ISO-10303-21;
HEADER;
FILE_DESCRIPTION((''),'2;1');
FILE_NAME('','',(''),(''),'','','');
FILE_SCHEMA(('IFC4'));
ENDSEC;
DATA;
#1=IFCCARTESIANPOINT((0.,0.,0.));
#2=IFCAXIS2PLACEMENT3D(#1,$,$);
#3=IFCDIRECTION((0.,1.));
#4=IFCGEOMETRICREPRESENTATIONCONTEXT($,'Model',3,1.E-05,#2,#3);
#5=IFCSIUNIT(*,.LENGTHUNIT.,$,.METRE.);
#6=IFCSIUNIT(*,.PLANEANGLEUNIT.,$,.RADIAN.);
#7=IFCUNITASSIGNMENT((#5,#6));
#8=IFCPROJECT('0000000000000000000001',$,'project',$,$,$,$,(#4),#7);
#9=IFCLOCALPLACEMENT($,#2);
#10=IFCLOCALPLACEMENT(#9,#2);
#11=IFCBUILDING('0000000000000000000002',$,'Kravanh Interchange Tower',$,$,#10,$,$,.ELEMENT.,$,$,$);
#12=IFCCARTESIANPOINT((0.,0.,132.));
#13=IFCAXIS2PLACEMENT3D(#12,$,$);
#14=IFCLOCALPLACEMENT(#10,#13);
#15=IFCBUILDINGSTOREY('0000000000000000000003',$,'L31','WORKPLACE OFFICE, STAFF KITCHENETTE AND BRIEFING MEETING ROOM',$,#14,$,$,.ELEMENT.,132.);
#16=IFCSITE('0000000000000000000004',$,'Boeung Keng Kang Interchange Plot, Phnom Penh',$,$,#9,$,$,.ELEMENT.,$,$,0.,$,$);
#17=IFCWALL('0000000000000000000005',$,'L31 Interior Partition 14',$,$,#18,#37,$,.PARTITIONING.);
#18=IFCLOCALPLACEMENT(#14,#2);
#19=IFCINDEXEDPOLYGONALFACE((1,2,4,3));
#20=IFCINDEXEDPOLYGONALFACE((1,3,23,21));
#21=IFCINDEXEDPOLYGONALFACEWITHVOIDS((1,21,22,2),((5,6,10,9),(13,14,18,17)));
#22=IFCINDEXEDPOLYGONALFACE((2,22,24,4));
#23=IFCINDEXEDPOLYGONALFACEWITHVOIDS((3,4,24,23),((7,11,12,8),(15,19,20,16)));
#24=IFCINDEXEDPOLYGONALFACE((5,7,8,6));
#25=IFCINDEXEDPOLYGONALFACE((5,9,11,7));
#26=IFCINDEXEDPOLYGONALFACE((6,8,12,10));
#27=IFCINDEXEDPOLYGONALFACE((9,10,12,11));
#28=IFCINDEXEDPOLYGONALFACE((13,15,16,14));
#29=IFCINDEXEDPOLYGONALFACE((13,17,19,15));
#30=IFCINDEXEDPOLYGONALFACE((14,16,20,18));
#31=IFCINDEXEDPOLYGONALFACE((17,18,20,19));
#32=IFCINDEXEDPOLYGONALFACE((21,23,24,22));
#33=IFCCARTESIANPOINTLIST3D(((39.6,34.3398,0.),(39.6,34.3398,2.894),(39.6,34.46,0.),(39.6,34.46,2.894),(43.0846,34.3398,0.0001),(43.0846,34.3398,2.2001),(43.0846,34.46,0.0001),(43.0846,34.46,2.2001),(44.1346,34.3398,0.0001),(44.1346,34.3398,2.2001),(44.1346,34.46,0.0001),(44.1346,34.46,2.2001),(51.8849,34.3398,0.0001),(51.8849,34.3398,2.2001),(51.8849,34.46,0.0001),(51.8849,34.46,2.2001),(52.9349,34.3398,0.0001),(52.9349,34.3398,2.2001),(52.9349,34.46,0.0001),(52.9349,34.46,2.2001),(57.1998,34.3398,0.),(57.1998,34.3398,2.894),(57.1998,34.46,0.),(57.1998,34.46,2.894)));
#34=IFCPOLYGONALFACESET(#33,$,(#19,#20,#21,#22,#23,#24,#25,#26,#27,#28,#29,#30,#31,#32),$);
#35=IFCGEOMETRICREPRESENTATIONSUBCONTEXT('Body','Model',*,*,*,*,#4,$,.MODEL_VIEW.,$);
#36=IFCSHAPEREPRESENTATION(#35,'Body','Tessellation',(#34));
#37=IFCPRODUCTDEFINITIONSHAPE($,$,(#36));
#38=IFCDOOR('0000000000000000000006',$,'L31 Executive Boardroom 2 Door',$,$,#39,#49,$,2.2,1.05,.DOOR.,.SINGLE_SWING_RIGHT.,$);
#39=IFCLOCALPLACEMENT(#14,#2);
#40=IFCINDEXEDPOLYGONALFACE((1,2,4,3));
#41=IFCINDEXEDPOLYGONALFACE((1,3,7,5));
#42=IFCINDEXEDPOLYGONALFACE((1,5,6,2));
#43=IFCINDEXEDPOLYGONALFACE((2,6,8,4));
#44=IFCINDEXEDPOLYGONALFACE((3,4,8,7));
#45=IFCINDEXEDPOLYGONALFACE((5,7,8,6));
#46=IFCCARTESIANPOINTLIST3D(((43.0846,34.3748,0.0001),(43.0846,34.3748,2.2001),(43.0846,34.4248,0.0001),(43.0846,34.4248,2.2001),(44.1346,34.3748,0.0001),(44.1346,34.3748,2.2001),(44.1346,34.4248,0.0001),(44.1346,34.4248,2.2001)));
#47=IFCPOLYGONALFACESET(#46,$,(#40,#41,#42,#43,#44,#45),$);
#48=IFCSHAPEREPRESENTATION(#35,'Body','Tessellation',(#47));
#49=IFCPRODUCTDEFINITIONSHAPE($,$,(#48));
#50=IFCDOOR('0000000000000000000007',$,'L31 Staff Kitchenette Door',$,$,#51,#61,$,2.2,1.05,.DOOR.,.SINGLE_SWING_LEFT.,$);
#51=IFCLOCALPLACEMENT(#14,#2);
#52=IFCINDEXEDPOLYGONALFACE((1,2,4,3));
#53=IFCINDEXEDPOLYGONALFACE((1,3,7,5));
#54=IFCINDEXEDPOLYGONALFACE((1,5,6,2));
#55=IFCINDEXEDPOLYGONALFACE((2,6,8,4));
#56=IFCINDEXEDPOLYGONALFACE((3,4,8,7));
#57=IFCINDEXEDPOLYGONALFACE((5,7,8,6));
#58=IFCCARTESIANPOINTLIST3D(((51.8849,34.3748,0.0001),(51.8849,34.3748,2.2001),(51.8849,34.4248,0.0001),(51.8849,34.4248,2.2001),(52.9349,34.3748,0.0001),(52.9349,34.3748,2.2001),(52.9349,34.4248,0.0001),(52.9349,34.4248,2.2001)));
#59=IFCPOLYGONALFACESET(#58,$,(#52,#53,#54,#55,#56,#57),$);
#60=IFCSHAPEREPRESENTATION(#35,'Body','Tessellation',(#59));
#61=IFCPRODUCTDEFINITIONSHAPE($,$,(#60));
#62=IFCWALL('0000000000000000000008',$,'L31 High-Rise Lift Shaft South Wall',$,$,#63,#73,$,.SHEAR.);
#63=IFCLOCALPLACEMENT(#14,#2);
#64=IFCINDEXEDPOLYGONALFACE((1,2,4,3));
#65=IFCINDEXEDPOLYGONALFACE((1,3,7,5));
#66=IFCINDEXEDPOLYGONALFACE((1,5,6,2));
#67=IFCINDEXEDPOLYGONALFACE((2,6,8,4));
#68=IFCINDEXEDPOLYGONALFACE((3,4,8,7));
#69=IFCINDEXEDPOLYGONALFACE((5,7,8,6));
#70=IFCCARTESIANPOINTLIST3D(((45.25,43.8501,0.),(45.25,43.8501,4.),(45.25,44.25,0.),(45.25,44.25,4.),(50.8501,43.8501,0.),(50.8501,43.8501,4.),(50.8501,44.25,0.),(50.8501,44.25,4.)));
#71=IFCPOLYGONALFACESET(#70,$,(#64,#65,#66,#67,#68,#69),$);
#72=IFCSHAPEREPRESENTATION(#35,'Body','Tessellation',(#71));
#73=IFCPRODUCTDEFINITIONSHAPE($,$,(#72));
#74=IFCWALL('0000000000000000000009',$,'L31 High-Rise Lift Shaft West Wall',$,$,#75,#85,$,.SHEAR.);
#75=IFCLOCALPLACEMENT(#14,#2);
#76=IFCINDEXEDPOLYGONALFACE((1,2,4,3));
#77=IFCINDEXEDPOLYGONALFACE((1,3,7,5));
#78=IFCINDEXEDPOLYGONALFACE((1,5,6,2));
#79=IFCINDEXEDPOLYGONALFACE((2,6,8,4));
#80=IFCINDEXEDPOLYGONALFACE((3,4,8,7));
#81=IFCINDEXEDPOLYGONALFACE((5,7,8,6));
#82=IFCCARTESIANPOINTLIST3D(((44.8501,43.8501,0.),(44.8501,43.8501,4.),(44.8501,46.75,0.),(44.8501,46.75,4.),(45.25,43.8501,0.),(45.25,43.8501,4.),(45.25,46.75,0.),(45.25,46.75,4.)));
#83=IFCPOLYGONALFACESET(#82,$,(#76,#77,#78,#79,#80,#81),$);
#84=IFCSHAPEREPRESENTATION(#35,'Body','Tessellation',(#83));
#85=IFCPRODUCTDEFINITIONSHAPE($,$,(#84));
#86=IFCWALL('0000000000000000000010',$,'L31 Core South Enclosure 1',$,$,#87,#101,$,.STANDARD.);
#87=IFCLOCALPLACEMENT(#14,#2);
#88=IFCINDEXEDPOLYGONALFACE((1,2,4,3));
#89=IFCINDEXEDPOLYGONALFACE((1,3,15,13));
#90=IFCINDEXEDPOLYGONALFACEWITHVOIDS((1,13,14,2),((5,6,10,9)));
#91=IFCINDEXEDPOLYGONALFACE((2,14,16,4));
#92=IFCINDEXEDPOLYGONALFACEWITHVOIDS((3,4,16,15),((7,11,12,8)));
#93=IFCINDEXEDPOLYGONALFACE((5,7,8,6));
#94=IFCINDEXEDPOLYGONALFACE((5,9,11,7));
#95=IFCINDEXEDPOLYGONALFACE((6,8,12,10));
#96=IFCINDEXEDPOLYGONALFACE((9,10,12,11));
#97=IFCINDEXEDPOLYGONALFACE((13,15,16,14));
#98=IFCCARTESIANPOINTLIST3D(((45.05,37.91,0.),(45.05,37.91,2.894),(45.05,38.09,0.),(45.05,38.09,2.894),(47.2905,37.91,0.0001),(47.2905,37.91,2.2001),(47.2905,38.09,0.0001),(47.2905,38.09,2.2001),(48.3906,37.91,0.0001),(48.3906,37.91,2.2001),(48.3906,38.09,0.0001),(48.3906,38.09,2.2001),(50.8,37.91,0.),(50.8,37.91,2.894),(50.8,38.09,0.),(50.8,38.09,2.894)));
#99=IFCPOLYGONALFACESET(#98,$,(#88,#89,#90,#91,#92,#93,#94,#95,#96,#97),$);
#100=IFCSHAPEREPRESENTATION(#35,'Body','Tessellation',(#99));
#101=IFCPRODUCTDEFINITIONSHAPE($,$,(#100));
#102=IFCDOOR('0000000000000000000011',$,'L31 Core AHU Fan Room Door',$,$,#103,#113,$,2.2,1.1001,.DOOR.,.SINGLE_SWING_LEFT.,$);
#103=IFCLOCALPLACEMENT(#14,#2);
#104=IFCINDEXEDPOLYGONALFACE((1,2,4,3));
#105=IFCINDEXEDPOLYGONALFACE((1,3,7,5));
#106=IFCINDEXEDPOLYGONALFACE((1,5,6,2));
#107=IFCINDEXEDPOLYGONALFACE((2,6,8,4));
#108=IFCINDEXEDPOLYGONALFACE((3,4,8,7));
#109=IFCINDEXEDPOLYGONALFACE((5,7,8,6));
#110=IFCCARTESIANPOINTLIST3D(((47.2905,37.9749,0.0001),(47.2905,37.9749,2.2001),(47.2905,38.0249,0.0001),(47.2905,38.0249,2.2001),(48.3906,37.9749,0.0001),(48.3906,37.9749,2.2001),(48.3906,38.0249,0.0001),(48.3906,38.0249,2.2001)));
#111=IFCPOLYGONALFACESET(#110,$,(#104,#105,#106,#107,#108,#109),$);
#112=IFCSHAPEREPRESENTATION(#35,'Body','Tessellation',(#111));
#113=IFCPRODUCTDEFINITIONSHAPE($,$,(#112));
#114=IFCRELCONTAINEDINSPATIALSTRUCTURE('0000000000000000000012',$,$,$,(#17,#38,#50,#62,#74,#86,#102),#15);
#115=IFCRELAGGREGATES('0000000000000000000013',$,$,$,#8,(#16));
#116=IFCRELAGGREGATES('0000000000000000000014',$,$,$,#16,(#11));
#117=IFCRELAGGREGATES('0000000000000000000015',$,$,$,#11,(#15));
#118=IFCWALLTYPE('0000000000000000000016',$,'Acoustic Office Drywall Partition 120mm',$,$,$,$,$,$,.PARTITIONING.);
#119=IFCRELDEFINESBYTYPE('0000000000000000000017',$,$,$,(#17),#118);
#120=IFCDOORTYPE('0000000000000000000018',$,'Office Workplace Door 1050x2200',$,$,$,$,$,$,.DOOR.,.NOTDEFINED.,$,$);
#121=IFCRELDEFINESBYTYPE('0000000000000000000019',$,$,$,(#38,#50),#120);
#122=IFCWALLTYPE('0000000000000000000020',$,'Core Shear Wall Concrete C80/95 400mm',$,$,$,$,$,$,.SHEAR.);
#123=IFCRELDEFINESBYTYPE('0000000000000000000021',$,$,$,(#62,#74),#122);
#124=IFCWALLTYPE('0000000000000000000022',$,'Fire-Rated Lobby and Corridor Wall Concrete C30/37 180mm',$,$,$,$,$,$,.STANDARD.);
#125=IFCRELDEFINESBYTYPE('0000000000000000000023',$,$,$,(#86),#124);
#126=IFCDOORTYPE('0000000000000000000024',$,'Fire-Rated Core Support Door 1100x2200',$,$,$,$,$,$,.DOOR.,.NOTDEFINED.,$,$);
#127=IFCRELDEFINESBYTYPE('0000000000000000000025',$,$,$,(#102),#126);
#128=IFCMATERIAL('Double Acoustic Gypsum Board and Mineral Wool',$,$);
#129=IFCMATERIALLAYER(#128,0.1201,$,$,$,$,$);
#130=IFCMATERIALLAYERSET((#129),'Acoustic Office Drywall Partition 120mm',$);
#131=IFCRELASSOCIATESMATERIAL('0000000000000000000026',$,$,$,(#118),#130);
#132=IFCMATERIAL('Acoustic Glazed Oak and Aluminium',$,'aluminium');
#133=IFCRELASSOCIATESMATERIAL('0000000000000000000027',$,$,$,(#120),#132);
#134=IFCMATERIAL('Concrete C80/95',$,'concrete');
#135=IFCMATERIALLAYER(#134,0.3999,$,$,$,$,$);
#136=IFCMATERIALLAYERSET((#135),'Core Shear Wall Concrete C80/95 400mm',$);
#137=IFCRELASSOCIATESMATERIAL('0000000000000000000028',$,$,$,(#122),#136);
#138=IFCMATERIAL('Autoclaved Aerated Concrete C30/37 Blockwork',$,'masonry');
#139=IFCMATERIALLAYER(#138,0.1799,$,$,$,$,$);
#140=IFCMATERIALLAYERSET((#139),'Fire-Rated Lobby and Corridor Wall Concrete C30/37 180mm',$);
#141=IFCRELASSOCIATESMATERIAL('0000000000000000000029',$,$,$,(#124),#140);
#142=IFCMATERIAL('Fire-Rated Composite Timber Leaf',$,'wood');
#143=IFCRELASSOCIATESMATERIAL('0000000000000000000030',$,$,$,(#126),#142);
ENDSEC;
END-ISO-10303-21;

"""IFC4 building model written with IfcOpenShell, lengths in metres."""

from ifc_helpers import new_model, si_unit, direction, frame, frame_2d, origin, place, context, subcontext, project, spatial, rectangle, extrude, material, layer, layer_set, type_object, element, fill, save


model = new_model("IFC4")

# Units and contexts
model_context = context("Model", 3, precision=1e-05, world=origin(), true_north=direction((0.0, 1.0)))
body_context = subcontext(model_context, "Body", "Model", "MODEL_VIEW")
ifc_project = project(units=[si_unit("LENGTHUNIT", "METRE"), si_unit("PLANEANGLEUNIT", "RADIAN")], contexts=[model_context])

# Site, building, storey
site_placement = place(None, origin())
site = spatial("IfcSite", under=ifc_project, at=site_placement, Name="Boeung Keng Kang Interchange Plot, Phnom Penh", CompositionType="ELEMENT", RefElevation=0.0)
building_placement = place(site_placement, origin())
building = spatial("IfcBuilding", under=site, at=building_placement, Name="Kravanh Interchange Tower", CompositionType="ELEMENT")
storey_placement = place(building_placement, frame((0.0, 0.0, 132.0)))
storey = spatial("IfcBuildingStorey", under=building, at=storey_placement, Name="L31", Description="WORKPLACE OFFICE, STAFF KITCHENETTE AND BRIEFING MEETING ROOM", CompositionType="ELEMENT", Elevation=132.0)

# Wall, openings, doors
ifc_material_1 = material(Name="Double Acoustic Gypsum Board and Mineral Wool")
ifc_layer_1 = layer(ifc_material_1, 0.1201)
ifc_layer_set_1 = layer_set([ifc_layer_1], Name="Acoustic Office Drywall Partition 120mm")
wall_type_1 = type_object("IfcWallType", Name="Acoustic Office Drywall Partition 120mm", PredefinedType="PARTITIONING", material=ifc_layer_set_1)
wall_1_placement = place(storey_placement, frame((39.6001, 34.3999, 0.0), z_axis=(0.0, 0.0, 1.0), x_axis=(1.0, 0.0, 0.0)))
wall_1 = element("IfcWall", 1, at=wall_1_placement, inside=storey, type_object=wall_type_1, Name="L31 Interior Partition 14", PredefinedType="PARTITIONING", context=body_context, shape_type="SweptSolid", body=[
    extrude(rectangle(XDim=17.5999, YDim=0.1201, at=frame_2d((8.7998, 0.0))), origin(), (0.0, 0.0, 1.0), 2.894),
])
opening_1_placement = place(wall_1_placement, frame((3.4846, 0.0, 0.0)))
opening_1 = element("IfcOpeningElement", 2, at=opening_1_placement, cuts=wall_1, PredefinedType="OPENING", context=body_context, shape_type="SweptSolid", body=[
    extrude(rectangle(XDim=1.05, YDim=2.2, at=frame_2d((0.5249, 1.1001))), frame((0.0, 0.0701, 0.0), z_axis=(0.0, -1.0, 0.0), x_axis=(1.0, 0.0, 0.0)), (0.0, 0.0, 1.0), 0.1401),
])
opening_2_placement = place(wall_1_placement, frame((12.2849, 0.0, 0.0)))
opening_2 = element("IfcOpeningElement", 3, at=opening_2_placement, cuts=wall_1, PredefinedType="OPENING", context=body_context, shape_type="SweptSolid", body=[
    extrude(rectangle(XDim=1.05, YDim=2.2, at=frame_2d((0.5249, 1.1001))), frame((0.0, 0.0701, 0.0), z_axis=(0.0, -1.0, 0.0), x_axis=(1.0, 0.0, 0.0)), (0.0, 0.0, 1.0), 0.1401),
])
ifc_material_2 = material(Name="Acoustic Glazed Oak and Aluminium", Category="aluminium")
door_type_1 = type_object("IfcDoorType", Name="Office Workplace Door 1050x2200", OperationType="NOTDEFINED", PredefinedType="DOOR", material=ifc_material_2)
door_1_placement = place(opening_1_placement, origin())
door_1 = element("IfcDoor", 4, at=door_1_placement, inside=storey, type_object=door_type_1, Name="L31 Executive Boardroom 2 Door", OperationType="SINGLE_SWING_RIGHT", OverallHeight=2.2, OverallWidth=1.05, PredefinedType="DOOR", context=body_context, shape_type="SweptSolid", body=[
    extrude(rectangle(XDim=1.05, YDim=2.2, at=frame_2d((0.5249, 1.1001))), frame((0.0, 0.0249, 0.0), z_axis=(0.0, -1.0, 0.0), x_axis=(1.0, 0.0, 0.0)), (0.0, 0.0, 1.0), 0.05),
])
fill(opening_1, door_1)
door_2_placement = place(opening_2_placement, origin())
door_2 = element("IfcDoor", 5, at=door_2_placement, inside=storey, type_object=door_type_1, Name="L31 Staff Kitchenette Door", OperationType="SINGLE_SWING_LEFT", OverallHeight=2.2, OverallWidth=1.05, PredefinedType="DOOR", context=body_context, shape_type="SweptSolid", body=[
    extrude(rectangle(XDim=1.05, YDim=2.2, at=frame_2d((0.5249, 1.1001))), frame((0.0, 0.0249, 0.0), z_axis=(0.0, -1.0, 0.0), x_axis=(1.0, 0.0, 0.0)), (0.0, 0.0, 1.0), 0.05),
])
fill(opening_2, door_2)

# Walls
ifc_material_3 = material(Name="Concrete C80/95", Category="concrete")
ifc_layer_2 = layer(ifc_material_3, 0.3999)
ifc_layer_set_2 = layer_set([ifc_layer_2], Name="Core Shear Wall Concrete C80/95 400mm")
wall_type_2 = type_object("IfcWallType", Name="Core Shear Wall Concrete C80/95 400mm", PredefinedType="SHEAR", material=ifc_layer_set_2)
wall_2_placement = place(storey_placement, frame((45.25, 44.05, 0.0), z_axis=(0.0, 0.0, 1.0), x_axis=(1.0, 0.0, 0.0)))
element("IfcWall", 6, at=wall_2_placement, inside=storey, type_object=wall_type_2, Name="L31 High-Rise Lift Shaft South Wall", PredefinedType="SHEAR", context=body_context, shape_type="SweptSolid", body=[
    extrude(rectangle(XDim=5.6001, YDim=0.3999, at=frame_2d((2.8, 0.0))), origin(), (0.0, 0.0, 1.0), 4.0),
])
wall_3_placement = place(storey_placement, frame((45.05, 43.8501, 0.0), z_axis=(0.0, 0.0, 1.0), x_axis=(0.0, 1.0, 0.0)))
element("IfcWall", 7, at=wall_3_placement, inside=storey, type_object=wall_type_2, Name="L31 High-Rise Lift Shaft West Wall", PredefinedType="SHEAR", context=body_context, shape_type="SweptSolid", body=[
    extrude(rectangle(XDim=2.8999, YDim=0.3999, at=frame_2d((1.45, 0.0))), origin(), (0.0, 0.0, 1.0), 4.0),
])

# Wall, opening, door
ifc_material_4 = material(Name="Autoclaved Aerated Concrete C30/37 Blockwork", Category="masonry")
ifc_layer_3 = layer(ifc_material_4, 0.1799)
ifc_layer_set_3 = layer_set([ifc_layer_3], Name="Fire-Rated Lobby and Corridor Wall Concrete C30/37 180mm")
wall_type_3 = type_object("IfcWallType", Name="Fire-Rated Lobby and Corridor Wall Concrete C30/37 180mm", PredefinedType="STANDARD", material=ifc_layer_set_3)
wall_4_placement = place(storey_placement, frame((45.05, 38.0, 0.0), z_axis=(0.0, 0.0, 1.0), x_axis=(1.0, 0.0, 0.0)))
wall_4 = element("IfcWall", 8, at=wall_4_placement, inside=storey, type_object=wall_type_3, Name="L31 Core South Enclosure 1", PredefinedType="STANDARD", context=body_context, shape_type="SweptSolid", body=[
    extrude(rectangle(XDim=5.75, YDim=0.1799, at=frame_2d((2.875, 0.0))), origin(), (0.0, 0.0, 1.0), 2.894),
])
opening_3_placement = place(wall_4_placement, frame((2.2405, 0.0, 0.0)))
opening_3 = element("IfcOpeningElement", 9, at=opening_3_placement, cuts=wall_4, PredefinedType="OPENING", context=body_context, shape_type="SweptSolid", body=[
    extrude(rectangle(XDim=1.1001, YDim=2.2, at=frame_2d((0.55, 1.1001))), frame((0.0, 0.1001, 0.0), z_axis=(0.0, -1.0, 0.0), x_axis=(1.0, 0.0, 0.0)), (0.0, 0.0, 1.0), 0.2),
])
ifc_material_5 = material(Name="Fire-Rated Composite Timber Leaf", Category="wood")
door_type_2 = type_object("IfcDoorType", Name="Fire-Rated Core Support Door 1100x2200", OperationType="NOTDEFINED", PredefinedType="DOOR", material=ifc_material_5)
door_3_placement = place(opening_3_placement, origin())
door_3 = element("IfcDoor", 10, at=door_3_placement, inside=storey, type_object=door_type_2, Name="L31 Core AHU Fan Room Door", OperationType="SINGLE_SWING_LEFT", OverallHeight=2.2, OverallWidth=1.1001, PredefinedType="DOOR", context=body_context, shape_type="SweptSolid", body=[
    extrude(rectangle(XDim=1.1001, YDim=2.2, at=frame_2d((0.55, 1.1001))), frame((0.0, 0.0249, 0.0), z_axis=(0.0, -1.0, 0.0), x_axis=(1.0, 0.0, 0.0)), (0.0, 0.0, 1.0), 0.05),
])
fill(opening_3, door_3)

save(model, "model.ifc")
